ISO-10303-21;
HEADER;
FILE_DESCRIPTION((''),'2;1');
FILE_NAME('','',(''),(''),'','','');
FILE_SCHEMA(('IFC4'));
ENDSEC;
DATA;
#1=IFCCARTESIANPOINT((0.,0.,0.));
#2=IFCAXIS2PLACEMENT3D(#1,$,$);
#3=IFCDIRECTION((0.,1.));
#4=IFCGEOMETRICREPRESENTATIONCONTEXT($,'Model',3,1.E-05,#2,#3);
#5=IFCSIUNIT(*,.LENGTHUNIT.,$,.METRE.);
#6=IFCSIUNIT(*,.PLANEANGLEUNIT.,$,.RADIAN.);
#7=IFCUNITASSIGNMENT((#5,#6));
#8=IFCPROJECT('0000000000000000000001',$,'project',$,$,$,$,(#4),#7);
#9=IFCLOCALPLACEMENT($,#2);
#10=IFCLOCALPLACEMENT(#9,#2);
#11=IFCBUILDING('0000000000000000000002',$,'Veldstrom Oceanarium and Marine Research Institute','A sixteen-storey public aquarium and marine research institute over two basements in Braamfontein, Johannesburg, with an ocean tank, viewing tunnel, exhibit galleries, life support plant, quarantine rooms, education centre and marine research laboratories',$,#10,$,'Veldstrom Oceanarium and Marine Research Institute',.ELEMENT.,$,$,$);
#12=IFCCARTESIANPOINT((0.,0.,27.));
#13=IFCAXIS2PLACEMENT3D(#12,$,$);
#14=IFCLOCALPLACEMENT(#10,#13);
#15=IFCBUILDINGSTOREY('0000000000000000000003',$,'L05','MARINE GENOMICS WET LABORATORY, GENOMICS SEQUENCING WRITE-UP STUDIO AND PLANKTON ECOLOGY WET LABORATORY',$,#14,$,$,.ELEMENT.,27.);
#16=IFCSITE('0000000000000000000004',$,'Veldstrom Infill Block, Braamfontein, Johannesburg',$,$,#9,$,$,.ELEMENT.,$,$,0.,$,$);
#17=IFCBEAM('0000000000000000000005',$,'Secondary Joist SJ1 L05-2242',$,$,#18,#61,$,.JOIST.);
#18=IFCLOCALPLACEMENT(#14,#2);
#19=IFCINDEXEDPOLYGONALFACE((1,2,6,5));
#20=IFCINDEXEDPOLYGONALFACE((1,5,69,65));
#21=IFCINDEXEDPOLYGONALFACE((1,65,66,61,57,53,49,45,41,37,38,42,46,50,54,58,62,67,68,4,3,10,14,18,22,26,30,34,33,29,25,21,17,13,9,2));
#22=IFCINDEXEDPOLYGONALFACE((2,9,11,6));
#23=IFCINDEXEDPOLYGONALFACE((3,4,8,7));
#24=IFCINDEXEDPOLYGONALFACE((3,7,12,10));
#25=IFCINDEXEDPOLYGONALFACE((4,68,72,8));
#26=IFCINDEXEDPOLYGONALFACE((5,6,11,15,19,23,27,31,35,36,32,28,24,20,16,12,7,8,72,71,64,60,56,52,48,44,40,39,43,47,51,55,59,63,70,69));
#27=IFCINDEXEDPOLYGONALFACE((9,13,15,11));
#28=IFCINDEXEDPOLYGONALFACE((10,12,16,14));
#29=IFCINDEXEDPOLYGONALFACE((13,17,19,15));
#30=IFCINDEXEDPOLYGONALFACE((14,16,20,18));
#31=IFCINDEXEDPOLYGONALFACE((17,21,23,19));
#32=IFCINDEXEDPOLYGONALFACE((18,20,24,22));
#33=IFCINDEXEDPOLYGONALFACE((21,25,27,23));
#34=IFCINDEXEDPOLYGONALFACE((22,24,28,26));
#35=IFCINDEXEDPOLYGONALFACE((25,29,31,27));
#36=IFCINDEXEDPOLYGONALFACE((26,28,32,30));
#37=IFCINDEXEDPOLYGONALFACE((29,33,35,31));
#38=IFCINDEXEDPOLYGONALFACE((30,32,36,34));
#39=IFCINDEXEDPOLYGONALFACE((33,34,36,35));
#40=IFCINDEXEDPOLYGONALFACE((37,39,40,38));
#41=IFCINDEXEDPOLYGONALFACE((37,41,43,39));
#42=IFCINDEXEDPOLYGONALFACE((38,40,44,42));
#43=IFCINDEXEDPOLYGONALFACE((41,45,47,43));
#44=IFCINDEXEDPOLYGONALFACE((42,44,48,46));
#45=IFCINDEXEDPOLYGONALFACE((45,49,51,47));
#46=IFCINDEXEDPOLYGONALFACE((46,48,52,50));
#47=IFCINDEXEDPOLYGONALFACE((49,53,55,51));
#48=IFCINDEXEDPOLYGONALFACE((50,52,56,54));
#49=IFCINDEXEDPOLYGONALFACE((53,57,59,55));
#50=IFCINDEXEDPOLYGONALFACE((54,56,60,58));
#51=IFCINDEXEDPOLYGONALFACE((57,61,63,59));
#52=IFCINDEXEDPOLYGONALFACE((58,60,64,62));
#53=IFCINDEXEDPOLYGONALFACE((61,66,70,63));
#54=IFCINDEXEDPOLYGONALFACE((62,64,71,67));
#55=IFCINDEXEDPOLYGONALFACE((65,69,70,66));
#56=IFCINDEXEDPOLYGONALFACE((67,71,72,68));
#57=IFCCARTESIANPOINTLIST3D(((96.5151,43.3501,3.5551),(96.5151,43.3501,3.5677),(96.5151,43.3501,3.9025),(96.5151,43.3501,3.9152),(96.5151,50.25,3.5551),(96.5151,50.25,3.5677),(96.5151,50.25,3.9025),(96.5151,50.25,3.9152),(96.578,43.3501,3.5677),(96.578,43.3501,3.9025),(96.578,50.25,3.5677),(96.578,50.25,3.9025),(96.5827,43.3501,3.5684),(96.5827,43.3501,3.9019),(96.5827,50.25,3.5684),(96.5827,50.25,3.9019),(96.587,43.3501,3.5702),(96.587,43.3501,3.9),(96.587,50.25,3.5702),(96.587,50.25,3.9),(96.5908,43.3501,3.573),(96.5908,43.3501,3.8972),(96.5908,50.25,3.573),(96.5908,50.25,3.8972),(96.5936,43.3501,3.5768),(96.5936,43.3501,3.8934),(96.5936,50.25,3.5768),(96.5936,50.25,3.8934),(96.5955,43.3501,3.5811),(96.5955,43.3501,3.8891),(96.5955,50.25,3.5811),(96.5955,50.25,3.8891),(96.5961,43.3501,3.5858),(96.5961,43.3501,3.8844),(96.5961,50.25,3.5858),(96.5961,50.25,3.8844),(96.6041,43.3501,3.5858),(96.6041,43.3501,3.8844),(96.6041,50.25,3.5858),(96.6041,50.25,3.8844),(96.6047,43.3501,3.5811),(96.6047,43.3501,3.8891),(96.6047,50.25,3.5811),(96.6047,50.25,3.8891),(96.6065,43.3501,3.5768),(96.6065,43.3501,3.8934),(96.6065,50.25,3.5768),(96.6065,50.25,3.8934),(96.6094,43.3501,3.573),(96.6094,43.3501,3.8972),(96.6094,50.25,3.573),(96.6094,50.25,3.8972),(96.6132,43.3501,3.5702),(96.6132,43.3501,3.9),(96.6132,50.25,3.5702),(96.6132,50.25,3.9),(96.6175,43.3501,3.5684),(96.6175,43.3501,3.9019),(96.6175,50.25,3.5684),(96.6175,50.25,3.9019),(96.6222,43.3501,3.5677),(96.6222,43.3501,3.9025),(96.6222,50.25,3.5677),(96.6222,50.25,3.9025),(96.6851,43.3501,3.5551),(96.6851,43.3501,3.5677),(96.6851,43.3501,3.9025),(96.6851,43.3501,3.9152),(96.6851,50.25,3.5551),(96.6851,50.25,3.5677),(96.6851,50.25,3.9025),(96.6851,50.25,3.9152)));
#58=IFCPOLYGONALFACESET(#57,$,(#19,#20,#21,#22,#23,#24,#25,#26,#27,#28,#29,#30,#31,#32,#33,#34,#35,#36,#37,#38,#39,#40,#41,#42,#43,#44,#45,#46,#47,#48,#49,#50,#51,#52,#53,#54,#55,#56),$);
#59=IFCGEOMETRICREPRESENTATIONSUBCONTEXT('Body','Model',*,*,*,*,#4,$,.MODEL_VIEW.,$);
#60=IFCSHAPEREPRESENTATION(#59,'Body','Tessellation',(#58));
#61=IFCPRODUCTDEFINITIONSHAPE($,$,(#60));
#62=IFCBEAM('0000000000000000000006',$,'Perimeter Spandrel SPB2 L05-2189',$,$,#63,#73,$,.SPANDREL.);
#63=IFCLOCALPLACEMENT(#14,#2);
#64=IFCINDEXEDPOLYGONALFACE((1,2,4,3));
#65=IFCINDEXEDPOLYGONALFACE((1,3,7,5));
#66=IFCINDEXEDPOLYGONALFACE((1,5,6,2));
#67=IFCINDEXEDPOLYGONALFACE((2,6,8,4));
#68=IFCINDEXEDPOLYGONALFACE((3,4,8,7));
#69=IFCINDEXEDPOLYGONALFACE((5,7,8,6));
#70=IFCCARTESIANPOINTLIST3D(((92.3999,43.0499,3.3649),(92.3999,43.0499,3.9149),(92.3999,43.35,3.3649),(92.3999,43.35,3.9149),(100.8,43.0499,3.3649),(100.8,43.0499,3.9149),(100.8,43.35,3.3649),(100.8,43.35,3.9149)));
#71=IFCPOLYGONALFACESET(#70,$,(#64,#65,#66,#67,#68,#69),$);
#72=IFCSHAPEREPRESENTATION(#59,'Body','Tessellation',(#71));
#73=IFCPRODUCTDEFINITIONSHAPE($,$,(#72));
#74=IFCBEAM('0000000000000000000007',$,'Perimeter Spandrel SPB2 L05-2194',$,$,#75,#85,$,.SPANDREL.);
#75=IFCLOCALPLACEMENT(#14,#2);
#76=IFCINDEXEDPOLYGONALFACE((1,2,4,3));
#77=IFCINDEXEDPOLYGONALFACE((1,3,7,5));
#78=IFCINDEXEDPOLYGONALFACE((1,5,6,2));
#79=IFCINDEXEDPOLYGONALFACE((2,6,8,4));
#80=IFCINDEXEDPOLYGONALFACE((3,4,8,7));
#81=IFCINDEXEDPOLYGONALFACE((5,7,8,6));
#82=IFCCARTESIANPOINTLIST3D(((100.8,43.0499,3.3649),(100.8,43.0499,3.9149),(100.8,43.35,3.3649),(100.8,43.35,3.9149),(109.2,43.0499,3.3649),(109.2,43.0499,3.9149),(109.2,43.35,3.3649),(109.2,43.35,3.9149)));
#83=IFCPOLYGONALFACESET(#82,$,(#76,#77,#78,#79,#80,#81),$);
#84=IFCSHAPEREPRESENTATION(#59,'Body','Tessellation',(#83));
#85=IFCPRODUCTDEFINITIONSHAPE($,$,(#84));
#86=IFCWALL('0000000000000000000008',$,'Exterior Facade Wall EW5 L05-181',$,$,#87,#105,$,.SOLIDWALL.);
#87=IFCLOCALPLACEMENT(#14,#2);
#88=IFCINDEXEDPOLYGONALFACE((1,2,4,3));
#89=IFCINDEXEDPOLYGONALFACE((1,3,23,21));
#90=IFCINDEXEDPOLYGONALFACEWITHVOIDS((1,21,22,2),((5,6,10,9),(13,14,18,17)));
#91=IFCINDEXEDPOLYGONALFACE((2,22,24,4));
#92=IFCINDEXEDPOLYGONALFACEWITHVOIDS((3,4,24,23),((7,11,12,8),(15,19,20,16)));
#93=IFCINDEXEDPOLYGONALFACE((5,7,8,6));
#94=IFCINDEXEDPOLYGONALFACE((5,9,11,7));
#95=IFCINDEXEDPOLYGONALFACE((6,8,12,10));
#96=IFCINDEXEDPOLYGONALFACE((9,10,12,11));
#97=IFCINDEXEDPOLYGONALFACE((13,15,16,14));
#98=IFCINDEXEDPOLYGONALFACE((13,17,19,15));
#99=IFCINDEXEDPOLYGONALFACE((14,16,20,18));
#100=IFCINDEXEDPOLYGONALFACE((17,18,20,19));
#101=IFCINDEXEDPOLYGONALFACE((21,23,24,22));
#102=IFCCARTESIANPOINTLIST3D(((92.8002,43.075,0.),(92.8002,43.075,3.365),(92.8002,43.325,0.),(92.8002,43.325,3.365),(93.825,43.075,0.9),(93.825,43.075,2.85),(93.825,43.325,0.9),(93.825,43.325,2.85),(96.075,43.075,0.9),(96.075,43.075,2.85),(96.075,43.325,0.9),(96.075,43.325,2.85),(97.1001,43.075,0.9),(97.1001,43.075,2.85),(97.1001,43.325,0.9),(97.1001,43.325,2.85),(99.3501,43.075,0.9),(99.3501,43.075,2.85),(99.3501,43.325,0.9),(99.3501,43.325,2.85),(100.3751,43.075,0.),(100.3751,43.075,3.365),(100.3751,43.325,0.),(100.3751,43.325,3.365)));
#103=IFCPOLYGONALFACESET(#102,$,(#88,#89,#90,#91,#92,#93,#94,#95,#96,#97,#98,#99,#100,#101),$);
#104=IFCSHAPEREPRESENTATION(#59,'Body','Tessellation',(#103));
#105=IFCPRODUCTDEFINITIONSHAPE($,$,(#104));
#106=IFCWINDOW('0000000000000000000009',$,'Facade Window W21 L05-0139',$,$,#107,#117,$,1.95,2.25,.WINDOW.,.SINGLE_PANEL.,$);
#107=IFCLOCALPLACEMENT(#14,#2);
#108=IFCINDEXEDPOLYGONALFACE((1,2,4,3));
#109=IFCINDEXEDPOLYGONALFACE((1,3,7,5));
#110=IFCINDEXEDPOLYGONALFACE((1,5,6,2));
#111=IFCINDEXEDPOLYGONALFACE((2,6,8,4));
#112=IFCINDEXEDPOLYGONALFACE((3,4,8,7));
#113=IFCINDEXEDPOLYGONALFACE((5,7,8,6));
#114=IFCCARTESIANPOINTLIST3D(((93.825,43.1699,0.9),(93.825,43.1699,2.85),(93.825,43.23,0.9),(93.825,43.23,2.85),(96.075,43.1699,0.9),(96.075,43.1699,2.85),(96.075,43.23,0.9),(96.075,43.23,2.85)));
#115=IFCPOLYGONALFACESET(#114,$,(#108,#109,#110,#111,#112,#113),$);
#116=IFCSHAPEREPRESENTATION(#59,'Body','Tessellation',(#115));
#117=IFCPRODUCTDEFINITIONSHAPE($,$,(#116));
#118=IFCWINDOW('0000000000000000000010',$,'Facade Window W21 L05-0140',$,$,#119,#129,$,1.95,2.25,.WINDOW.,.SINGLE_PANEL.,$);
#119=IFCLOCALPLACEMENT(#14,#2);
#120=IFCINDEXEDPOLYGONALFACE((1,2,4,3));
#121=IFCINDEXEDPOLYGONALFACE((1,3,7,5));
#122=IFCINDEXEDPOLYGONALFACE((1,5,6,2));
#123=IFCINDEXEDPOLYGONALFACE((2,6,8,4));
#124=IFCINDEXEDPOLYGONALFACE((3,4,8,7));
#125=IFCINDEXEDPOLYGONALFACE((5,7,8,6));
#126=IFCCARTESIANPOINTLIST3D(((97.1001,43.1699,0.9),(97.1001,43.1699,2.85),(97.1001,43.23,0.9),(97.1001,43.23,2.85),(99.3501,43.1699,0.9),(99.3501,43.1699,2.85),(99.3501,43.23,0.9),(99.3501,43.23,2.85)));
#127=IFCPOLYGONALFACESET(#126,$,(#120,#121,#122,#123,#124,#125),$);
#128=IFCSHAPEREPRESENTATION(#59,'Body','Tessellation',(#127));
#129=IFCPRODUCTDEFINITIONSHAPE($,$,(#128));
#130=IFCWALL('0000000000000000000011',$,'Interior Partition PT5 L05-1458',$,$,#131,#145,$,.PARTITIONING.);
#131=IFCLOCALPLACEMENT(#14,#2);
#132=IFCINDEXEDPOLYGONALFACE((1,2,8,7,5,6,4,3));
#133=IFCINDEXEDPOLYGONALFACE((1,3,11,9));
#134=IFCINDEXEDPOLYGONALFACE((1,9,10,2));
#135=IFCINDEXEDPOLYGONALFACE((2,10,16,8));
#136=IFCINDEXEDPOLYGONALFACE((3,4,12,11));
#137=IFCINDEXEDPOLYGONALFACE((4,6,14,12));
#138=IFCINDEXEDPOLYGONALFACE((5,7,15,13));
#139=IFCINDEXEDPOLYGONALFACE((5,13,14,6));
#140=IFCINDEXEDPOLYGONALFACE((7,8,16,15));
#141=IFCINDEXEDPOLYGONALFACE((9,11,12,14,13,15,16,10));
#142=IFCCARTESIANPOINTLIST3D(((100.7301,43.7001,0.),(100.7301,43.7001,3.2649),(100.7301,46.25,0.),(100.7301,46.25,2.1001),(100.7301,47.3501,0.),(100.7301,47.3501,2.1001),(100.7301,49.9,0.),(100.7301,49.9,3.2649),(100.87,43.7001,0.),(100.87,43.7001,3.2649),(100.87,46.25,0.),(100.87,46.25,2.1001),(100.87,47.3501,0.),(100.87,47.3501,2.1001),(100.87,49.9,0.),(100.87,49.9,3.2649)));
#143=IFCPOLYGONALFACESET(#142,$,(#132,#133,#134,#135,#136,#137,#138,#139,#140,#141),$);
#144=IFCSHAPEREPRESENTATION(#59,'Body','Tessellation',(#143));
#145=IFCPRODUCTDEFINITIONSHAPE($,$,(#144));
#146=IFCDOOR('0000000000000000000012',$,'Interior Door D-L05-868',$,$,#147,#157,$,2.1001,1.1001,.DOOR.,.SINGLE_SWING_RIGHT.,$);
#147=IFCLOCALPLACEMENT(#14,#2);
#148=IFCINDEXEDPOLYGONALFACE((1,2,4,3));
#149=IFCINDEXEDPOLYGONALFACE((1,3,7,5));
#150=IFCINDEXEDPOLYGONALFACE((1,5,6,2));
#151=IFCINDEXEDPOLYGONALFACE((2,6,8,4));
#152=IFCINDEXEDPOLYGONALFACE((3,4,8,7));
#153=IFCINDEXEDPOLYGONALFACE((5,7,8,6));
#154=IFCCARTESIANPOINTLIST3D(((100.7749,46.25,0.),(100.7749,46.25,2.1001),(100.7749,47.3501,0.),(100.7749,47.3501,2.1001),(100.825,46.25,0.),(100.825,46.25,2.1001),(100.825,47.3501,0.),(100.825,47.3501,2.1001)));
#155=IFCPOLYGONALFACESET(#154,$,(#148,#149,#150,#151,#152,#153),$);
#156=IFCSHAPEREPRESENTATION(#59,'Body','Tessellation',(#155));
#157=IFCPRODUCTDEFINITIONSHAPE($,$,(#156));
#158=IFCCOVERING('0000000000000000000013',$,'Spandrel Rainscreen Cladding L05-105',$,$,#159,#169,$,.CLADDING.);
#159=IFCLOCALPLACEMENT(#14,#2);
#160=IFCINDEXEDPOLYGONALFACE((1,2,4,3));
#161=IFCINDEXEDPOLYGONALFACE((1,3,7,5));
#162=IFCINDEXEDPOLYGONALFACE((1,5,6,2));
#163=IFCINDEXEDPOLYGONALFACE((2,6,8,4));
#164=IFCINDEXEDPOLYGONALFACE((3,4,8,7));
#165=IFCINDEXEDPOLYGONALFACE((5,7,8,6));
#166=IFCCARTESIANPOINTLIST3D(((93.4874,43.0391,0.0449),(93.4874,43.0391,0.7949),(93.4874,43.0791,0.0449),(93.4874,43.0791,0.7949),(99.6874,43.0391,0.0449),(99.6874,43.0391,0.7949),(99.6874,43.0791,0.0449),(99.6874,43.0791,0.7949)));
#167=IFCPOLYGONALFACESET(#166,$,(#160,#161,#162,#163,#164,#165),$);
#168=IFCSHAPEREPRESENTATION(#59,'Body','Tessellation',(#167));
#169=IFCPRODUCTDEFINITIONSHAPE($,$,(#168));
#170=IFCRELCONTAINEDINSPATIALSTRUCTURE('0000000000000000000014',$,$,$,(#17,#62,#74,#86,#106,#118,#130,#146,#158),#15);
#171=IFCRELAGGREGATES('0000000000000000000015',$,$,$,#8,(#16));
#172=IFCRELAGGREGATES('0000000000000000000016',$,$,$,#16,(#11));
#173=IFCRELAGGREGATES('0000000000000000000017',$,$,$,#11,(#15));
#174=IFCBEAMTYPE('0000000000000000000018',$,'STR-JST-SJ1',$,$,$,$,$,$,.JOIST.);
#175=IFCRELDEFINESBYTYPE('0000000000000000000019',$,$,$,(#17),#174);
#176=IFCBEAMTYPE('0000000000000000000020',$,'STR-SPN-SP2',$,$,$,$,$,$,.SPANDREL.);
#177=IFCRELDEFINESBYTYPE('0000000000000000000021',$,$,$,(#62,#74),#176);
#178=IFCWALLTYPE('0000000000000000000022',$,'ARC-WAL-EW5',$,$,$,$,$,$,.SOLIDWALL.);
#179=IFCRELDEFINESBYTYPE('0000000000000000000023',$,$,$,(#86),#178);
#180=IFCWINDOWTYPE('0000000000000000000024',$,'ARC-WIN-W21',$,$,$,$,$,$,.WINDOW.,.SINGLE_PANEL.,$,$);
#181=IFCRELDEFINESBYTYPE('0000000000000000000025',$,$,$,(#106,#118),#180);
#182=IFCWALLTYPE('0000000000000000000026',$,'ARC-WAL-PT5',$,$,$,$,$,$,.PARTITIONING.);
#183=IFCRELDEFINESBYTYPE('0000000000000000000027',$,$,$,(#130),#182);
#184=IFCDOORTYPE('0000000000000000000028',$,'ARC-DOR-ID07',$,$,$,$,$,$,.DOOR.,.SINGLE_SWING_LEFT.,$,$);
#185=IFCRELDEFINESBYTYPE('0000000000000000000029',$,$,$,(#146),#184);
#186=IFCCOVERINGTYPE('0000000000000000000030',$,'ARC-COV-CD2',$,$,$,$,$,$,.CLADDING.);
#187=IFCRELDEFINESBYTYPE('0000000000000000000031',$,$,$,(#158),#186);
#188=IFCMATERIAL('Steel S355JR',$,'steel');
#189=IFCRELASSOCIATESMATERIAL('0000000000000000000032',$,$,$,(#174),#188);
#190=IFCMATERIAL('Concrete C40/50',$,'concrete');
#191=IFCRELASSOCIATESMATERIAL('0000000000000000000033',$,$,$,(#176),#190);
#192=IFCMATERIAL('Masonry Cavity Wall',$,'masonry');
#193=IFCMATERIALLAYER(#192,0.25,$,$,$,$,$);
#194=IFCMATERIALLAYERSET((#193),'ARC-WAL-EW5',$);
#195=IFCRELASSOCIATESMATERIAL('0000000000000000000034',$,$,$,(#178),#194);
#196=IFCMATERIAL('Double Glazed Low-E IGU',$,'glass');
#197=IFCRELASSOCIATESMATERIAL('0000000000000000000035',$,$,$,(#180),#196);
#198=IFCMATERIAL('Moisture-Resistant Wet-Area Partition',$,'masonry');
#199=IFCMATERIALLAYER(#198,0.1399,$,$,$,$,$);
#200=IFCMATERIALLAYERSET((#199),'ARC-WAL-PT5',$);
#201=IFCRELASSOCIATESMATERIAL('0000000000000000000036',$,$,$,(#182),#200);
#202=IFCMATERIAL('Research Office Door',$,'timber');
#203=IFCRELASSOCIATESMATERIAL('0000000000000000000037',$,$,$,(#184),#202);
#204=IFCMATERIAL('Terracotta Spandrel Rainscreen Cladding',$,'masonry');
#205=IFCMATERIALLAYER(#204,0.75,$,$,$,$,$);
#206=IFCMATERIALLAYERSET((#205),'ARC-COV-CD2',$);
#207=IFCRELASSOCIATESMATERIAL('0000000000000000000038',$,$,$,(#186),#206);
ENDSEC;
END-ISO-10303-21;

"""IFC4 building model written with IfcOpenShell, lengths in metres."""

from ifc_helpers import new_model, si_unit, direction, frame, frame_2d, origin, origin_2d, place, context, subcontext, project, spatial, rectangle, i_section, extrude, material, layer, layer_set, material_profile, profile_set, type_object, element, fill, save


model = new_model("IFC4")

# Units and contexts
model_context = context("Model", 3, precision=1e-05, world=origin(), true_north=direction((0.0, 1.0)))
body_context = subcontext(model_context, "Body", "Model", "MODEL_VIEW")
ifc_project = project(units=[si_unit("LENGTHUNIT", "METRE"), si_unit("PLANEANGLEUNIT", "RADIAN")], contexts=[model_context])

# Site, building, storey
site_placement = place(None, origin())
site = spatial("IfcSite", under=ifc_project, at=site_placement, Name="Veldstrom Infill Block, Braamfontein, Johannesburg", CompositionType="ELEMENT", RefElevation=0.0)
building_placement = place(site_placement, origin())
building = spatial("IfcBuilding", under=site, at=building_placement, Name="Veldstrom Oceanarium and Marine Research Institute", Description="A sixteen-storey public aquarium and marine research institute over two basements in Braamfontein, Johannesburg, with an ocean tank, viewing tunnel, exhibit galleries, life support plant, quarantine rooms, education centre and marine research laboratories", LongName="Veldstrom Oceanarium and Marine Research Institute", CompositionType="ELEMENT")
storey_placement = place(building_placement, frame((0.0, 0.0, 27.0)))
storey = spatial("IfcBuildingStorey", under=building, at=storey_placement, Name="L05", Description="MARINE GENOMICS WET LABORATORY, GENOMICS SEQUENCING WRITE-UP STUDIO AND PLANKTON ECOLOGY WET LABORATORY", CompositionType="ELEMENT", Elevation=27.0)

# Beams
ifc_material_1 = material(Name="Steel S355JR", Category="steel")
ifc_material_profile_1 = material_profile(ifc_material_1, i_section(OverallWidth=0.1699, OverallDepth=0.3601, WebThickness=0.0081, FlangeThickness=0.0127, FilletRadius=0.0181, at=origin_2d()), Name="IPE 360")
ifc_profile_set_1 = profile_set([ifc_material_profile_1], Name="Steel S355JR")
beam_type_1 = type_object("IfcBeamType", Name="STR-JST-SJ1", PredefinedType="JOIST", material=ifc_profile_set_1)
beam_1_placement = place(storey_placement, frame((96.6001, 43.3501, 3.7351), z_axis=(0.0, 1.0, 0.0), x_axis=(-1.0, 0.0, 0.0)))
element("IfcBeam", 1, at=beam_1_placement, inside=storey, type_object=beam_type_1, Name="Secondary Joist SJ1 L05-2242", PredefinedType="JOIST", context=body_context, shape_type="SweptSolid", body=[
    extrude(i_section(OverallWidth=0.1699, OverallDepth=0.3601, WebThickness=0.0081, FlangeThickness=0.0127, FilletRadius=0.0181, at=origin_2d()), origin(), (0.0, 0.0, 1.0), 6.8999),
])
ifc_material_2 = material(Name="Concrete C40/50", Category="concrete")
ifc_material_profile_2 = material_profile(ifc_material_2, rectangle(XDim=0.3, YDim=0.55, at=origin_2d()), Name="RC-SPN-300x550")
ifc_profile_set_2 = profile_set([ifc_material_profile_2], Name="Concrete C40/50")
beam_type_2 = type_object("IfcBeamType", Name="STR-SPN-SP2", PredefinedType="SPANDREL", material=ifc_profile_set_2)
beam_2_placement = place(storey_placement, frame((92.3999, 43.2, 3.6399), z_axis=(1.0, 0.0, 0.0), x_axis=(0.0, 1.0, 0.0)))
element("IfcBeam", 2, at=beam_2_placement, inside=storey, type_object=beam_type_2, Name="Perimeter Spandrel SPB2 L05-2189", PredefinedType="SPANDREL", context=body_context, shape_type="SweptSolid", body=[
    extrude(rectangle(XDim=0.3, YDim=0.55, at=origin_2d()), origin(), (0.0, 0.0, 1.0), 8.4001),
])
beam_3_placement = place(storey_placement, frame((100.8, 43.2, 3.6399), z_axis=(1.0, 0.0, 0.0), x_axis=(0.0, 1.0, 0.0)))
element("IfcBeam", 3, at=beam_3_placement, inside=storey, type_object=beam_type_2, Name="Perimeter Spandrel SPB2 L05-2194", PredefinedType="SPANDREL", context=body_context, shape_type="SweptSolid", body=[
    extrude(rectangle(XDim=0.3, YDim=0.55, at=origin_2d()), origin(), (0.0, 0.0, 1.0), 8.3999),
])

# Wall, openings, windows
ifc_material_3 = material(Name="Masonry Cavity Wall", Category="masonry")
ifc_layer_1 = layer(ifc_material_3, 0.25)
ifc_layer_set_1 = layer_set([ifc_layer_1], Name="ARC-WAL-EW5")
wall_type_1 = type_object("IfcWallType", Name="ARC-WAL-EW5", PredefinedType="SOLIDWALL", material=ifc_layer_set_1)
wall_1_placement = place(storey_placement, frame((92.8, 43.2, 0.0), z_axis=(0.0, 0.0, 1.0), x_axis=(1.0, 0.0, 0.0)))
wall_1 = element("IfcWall", 4, at=wall_1_placement, inside=storey, type_object=wall_type_1, Name="Exterior Facade Wall EW5 L05-181", PredefinedType="SOLIDWALL", context=body_context, shape_type="SweptSolid", body=[
    extrude(rectangle(XDim=7.575, YDim=0.25, at=frame_2d((3.7876, 0.0))), origin(), (0.0, 0.0, 1.0), 3.365),
])
opening_1_placement = place(wall_1_placement, frame((1.0249, 0.0, 0.8999)))
opening_1 = element("IfcOpeningElement", 5, at=opening_1_placement, cuts=wall_1, PredefinedType="OPENING", context=body_context, shape_type="SweptSolid", body=[
    extrude(rectangle(XDim=2.25, YDim=1.95, at=frame_2d((1.125, 0.9751))), frame((0.0, 0.135, 0.0), z_axis=(0.0, -1.0, 0.0), x_axis=(1.0, 0.0, 0.0)), (0.0, 0.0, 1.0), 0.27),
])
opening_2_placement = place(wall_1_placement, frame((4.3, 0.0, 0.8999)))
opening_2 = element("IfcOpeningElement", 6, at=opening_2_placement, cuts=wall_1, PredefinedType="OPENING", context=body_context, shape_type="SweptSolid", body=[
    extrude(rectangle(XDim=2.25, YDim=1.95, at=frame_2d((1.125, 0.9751))), frame((0.0, 0.135, 0.0), z_axis=(0.0, -1.0, 0.0), x_axis=(1.0, 0.0, 0.0)), (0.0, 0.0, 1.0), 0.27),
])
ifc_material_4 = material(Name="Double Glazed Low-E IGU", Category="glass")
window_type = type_object("IfcWindowType", Name="ARC-WIN-W21", PartitioningType="SINGLE_PANEL", PredefinedType="WINDOW", material=ifc_material_4)
window_1_placement = place(opening_1_placement, origin())
window_1 = element("IfcWindow", 7, at=window_1_placement, inside=storey, type_object=window_type, Name="Facade Window W21 L05-0139", OverallHeight=1.95, OverallWidth=2.25, PartitioningType="SINGLE_PANEL", PredefinedType="WINDOW", context=body_context, shape_type="SweptSolid", body=[
    extrude(rectangle(XDim=2.25, YDim=1.95, at=frame_2d((1.125, 0.9751))), frame((0.0, 0.03, 0.0), z_axis=(0.0, -1.0, 0.0), x_axis=(1.0, 0.0, 0.0)), (0.0, 0.0, 1.0), 0.0601),
])
fill(opening_1, window_1)
window_2_placement = place(opening_2_placement, origin())
window_2 = element("IfcWindow", 8, at=window_2_placement, inside=storey, type_object=window_type, Name="Facade Window W21 L05-0140", OverallHeight=1.95, OverallWidth=2.25, PartitioningType="SINGLE_PANEL", PredefinedType="WINDOW", context=body_context, shape_type="SweptSolid", body=[
    extrude(rectangle(XDim=2.25, YDim=1.95, at=frame_2d((1.125, 0.9751))), frame((0.0, 0.03, 0.0), z_axis=(0.0, -1.0, 0.0), x_axis=(1.0, 0.0, 0.0)), (0.0, 0.0, 1.0), 0.0601),
])
fill(opening_2, window_2)

# Wall, opening, door
ifc_material_5 = material(Name="Moisture-Resistant Wet-Area Partition", Category="masonry")
ifc_layer_2 = layer(ifc_material_5, 0.1399)
ifc_layer_set_2 = layer_set([ifc_layer_2], Name="ARC-WAL-PT5")
wall_type_2 = type_object("IfcWallType", Name="ARC-WAL-PT5", PredefinedType="PARTITIONING", material=ifc_layer_set_2)
wall_2_placement = place(storey_placement, frame((100.8, 43.7, 0.0), z_axis=(0.0, 0.0, 1.0), x_axis=(0.0, 1.0, 0.0)))
wall_2 = element("IfcWall", 9, at=wall_2_placement, inside=storey, type_object=wall_type_2, Name="Interior Partition PT5 L05-1458", PredefinedType="PARTITIONING", context=body_context, shape_type="SweptSolid", body=[
    extrude(rectangle(XDim=6.2, YDim=0.1399, at=frame_2d((3.1001, 0.0))), origin(), (0.0, 0.0, 1.0), 3.2649),
])
opening_3_placement = place(wall_2_placement, frame((2.55, 0.0, 0.0)))
opening_3 = element("IfcOpeningElement", 10, at=opening_3_placement, cuts=wall_2, PredefinedType="OPENING", context=body_context, shape_type="SweptSolid", body=[
    extrude(rectangle(XDim=1.1001, YDim=2.1001, at=frame_2d((0.55, 1.05))), frame((0.0, 0.0798, 0.0), z_axis=(0.0, -1.0, 0.0), x_axis=(1.0, 0.0, 0.0)), (0.0, 0.0, 1.0), 0.1599),
])
ifc_material_6 = material(Name="Research Office Door", Category="timber")
door_type_1 = type_object("IfcDoorType", Name="ARC-DOR-ID07", OperationType="SINGLE_SWING_LEFT", PredefinedType="DOOR", material=ifc_material_6)
door_1_placement = place(opening_3_placement, frame((1.1001, 0.0, 0.0), z_axis=(0.0, 0.0, 1.0), x_axis=(-1.0, 0.0, 0.0)))
door_1 = element("IfcDoor", 11, at=door_1_placement, inside=storey, type_object=door_type_1, Name="Interior Door D-L05-868", OperationType="SINGLE_SWING_RIGHT", OverallHeight=2.1001, OverallWidth=1.1001, PredefinedType="DOOR", context=body_context, shape_type="SweptSolid", body=[
    extrude(rectangle(XDim=1.1001, YDim=2.1001, at=frame_2d((0.55, 1.05))), frame((0.0, 0.0249, 0.0), z_axis=(0.0, -1.0, 0.0), x_axis=(1.0, 0.0, 0.0)), (0.0, 0.0, 1.0), 0.05),
])
fill(opening_3, door_1)

# Covering
ifc_material_7 = material(Name="Terracotta Spandrel Rainscreen Cladding", Category="masonry")
ifc_layer_3 = layer(ifc_material_7, 0.75)
ifc_layer_set_3 = layer_set([ifc_layer_3], Name="ARC-COV-CD2")
covering_type = type_object("IfcCoveringType", Name="ARC-COV-CD2", PredefinedType="CLADDING", material=ifc_layer_set_3)
covering_placement = place(storey_placement, frame((96.5874, 43.0591, 0.0449), z_axis=(0.0, 0.0, 1.0), x_axis=(1.0, 0.0, 0.0)))
element("IfcCovering", 12, at=covering_placement, inside=storey, type_object=covering_type, Name="Spandrel Rainscreen Cladding L05-105", PredefinedType="CLADDING", context=body_context, shape_type="SweptSolid", body=[
    extrude(rectangle(XDim=6.2, YDim=0.04, at=origin_2d()), origin(), (0.0, 0.0, 1.0), 0.75),
])

save(model, "model.ifc")
